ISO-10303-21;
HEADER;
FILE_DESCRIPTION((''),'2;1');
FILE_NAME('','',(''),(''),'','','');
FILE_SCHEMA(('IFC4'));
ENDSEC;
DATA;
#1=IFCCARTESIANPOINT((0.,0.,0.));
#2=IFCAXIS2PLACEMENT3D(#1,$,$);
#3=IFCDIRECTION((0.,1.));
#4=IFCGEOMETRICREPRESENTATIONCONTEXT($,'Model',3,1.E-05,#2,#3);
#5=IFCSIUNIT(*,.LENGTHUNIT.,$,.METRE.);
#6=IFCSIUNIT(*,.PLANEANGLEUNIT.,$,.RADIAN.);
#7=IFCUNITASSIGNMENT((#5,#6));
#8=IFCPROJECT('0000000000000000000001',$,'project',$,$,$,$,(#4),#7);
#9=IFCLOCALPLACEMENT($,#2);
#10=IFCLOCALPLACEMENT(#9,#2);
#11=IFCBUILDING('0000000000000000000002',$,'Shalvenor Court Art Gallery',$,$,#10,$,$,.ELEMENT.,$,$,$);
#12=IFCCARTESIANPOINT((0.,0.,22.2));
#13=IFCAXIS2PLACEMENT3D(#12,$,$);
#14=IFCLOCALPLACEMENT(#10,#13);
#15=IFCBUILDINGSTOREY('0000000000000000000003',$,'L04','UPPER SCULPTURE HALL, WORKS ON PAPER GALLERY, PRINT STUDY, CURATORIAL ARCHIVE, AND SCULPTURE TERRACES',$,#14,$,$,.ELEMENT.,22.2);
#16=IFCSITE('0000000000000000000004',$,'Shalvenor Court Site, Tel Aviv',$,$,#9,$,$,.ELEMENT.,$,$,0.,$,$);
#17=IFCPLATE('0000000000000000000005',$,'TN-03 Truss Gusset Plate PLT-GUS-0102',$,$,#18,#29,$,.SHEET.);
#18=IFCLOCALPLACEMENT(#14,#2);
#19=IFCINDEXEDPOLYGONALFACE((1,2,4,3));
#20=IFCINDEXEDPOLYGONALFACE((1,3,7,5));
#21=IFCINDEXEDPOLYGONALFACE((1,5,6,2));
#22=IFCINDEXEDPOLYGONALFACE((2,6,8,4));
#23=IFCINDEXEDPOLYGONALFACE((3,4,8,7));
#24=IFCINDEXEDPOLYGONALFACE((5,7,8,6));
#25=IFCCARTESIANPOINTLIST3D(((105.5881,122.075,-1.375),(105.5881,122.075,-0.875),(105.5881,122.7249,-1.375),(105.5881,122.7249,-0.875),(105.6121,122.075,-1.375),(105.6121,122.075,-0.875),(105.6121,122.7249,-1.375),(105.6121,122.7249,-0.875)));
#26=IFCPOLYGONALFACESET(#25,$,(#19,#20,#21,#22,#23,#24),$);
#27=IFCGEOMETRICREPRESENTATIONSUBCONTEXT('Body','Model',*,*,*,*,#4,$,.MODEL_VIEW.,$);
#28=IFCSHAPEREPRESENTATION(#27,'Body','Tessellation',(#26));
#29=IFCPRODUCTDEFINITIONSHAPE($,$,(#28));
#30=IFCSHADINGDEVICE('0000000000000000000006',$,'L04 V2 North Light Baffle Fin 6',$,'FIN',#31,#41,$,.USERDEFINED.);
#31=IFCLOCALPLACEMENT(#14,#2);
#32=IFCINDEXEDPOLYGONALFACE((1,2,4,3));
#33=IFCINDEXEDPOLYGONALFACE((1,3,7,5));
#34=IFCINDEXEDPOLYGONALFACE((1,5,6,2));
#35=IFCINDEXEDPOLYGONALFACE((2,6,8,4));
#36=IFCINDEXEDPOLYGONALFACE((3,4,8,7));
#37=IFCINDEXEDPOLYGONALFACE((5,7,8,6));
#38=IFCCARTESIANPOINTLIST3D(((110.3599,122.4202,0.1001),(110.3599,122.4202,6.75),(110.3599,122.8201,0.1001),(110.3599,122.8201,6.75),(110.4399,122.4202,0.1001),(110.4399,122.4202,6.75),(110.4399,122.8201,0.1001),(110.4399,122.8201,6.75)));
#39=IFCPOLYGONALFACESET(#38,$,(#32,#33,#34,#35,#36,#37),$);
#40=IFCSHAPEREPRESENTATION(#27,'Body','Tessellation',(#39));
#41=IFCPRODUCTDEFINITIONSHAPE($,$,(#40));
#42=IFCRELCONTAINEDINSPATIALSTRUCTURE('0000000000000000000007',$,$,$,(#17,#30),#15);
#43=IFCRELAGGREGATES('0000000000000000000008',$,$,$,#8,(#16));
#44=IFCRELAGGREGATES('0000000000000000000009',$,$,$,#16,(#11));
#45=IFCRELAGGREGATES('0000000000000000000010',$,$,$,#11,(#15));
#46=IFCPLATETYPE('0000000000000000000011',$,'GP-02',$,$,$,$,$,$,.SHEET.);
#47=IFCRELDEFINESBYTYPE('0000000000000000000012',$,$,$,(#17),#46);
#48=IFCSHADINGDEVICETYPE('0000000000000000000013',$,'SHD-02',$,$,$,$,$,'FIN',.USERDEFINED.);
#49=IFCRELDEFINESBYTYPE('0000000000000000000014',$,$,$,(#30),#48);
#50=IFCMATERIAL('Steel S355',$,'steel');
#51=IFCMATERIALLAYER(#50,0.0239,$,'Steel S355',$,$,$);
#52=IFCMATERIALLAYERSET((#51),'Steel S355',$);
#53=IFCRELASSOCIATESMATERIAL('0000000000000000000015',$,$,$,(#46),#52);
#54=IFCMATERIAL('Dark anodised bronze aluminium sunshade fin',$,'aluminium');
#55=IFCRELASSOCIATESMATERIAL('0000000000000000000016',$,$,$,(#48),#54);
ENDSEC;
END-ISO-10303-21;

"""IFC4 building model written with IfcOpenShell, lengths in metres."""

from ifc_helpers import new_model, si_unit, direction, frame, origin, origin_2d, place, context, subcontext, project, spatial, rectangle, extrude, material, layer, layer_set, type_object, element, save


model = new_model("IFC4")

# Units and contexts
model_context = context("Model", 3, precision=1e-05, world=origin(), true_north=direction((0.0, 1.0)))
body_context = subcontext(model_context, "Body", "Model", "MODEL_VIEW")
ifc_project = project(units=[si_unit("LENGTHUNIT", "METRE"), si_unit("PLANEANGLEUNIT", "RADIAN")], contexts=[model_context])

# Site, building, storey
site_placement = place(None, origin())
site = spatial("IfcSite", under=ifc_project, at=site_placement, Name="Shalvenor Court Site, Tel Aviv", CompositionType="ELEMENT", RefElevation=0.0)
building_placement = place(site_placement, origin())
building = spatial("IfcBuilding", under=site, at=building_placement, Name="Shalvenor Court Art Gallery", CompositionType="ELEMENT")
storey_placement = place(building_placement, frame((0.0, 0.0, 22.2)))
storey = spatial("IfcBuildingStorey", under=building, at=storey_placement, Name="L04", Description="UPPER SCULPTURE HALL, WORKS ON PAPER GALLERY, PRINT STUDY, CURATORIAL ARCHIVE, AND SCULPTURE TERRACES", CompositionType="ELEMENT", Elevation=22.2)

# Plate
ifc_material_1 = material(Name="Steel S355", Category="steel")
ifc_layer_1 = layer(ifc_material_1, 0.0239, Name="Steel S355")
ifc_layer_set_1 = layer_set([ifc_layer_1], Name="Steel S355")
plate_type_1 = type_object("IfcPlateType", Name="GP-02", PredefinedType="SHEET", material=ifc_layer_set_1)
plate_1_placement = place(storey_placement, frame((105.6001, 122.3999, -1.375), z_axis=(0.0, 0.0, 1.0), x_axis=(0.0, 1.0, 0.0)))
element("IfcPlate", 1, at=plate_1_placement, inside=storey, type_object=plate_type_1, Name="TN-03 Truss Gusset Plate PLT-GUS-0102", PredefinedType="SHEET", context=body_context, shape_type="SweptSolid", body=[
    extrude(rectangle(XDim=0.6499, YDim=0.0239, at=origin_2d()), origin(), (0.0, 0.0, 1.0), 0.5),
])

# Shading device
ifc_material_2 = material(Name="Dark anodised bronze aluminium sunshade fin", Category="aluminium")
shading_device_type = type_object("IfcShadingDeviceType", Name="SHD-02", ElementType="FIN", PredefinedType="USERDEFINED", material=ifc_material_2)
shading_device_placement = place(storey_placement, frame((110.3999, 122.6201, 0.1001), z_axis=(0.0, 0.0, 1.0), x_axis=(1.0, 0.0, 0.0)))
element("IfcShadingDevice", 2, at=shading_device_placement, inside=storey, type_object=shading_device_type, Name="L04 V2 North Light Baffle Fin 6", ObjectType="FIN", PredefinedType="USERDEFINED", context=body_context, shape_type="SweptSolid", body=[
    extrude(rectangle(XDim=0.0801, YDim=0.3999, at=origin_2d()), origin(), (0.0, 0.0, 1.0), 6.6499),
])

save(model, "model.ifc")
